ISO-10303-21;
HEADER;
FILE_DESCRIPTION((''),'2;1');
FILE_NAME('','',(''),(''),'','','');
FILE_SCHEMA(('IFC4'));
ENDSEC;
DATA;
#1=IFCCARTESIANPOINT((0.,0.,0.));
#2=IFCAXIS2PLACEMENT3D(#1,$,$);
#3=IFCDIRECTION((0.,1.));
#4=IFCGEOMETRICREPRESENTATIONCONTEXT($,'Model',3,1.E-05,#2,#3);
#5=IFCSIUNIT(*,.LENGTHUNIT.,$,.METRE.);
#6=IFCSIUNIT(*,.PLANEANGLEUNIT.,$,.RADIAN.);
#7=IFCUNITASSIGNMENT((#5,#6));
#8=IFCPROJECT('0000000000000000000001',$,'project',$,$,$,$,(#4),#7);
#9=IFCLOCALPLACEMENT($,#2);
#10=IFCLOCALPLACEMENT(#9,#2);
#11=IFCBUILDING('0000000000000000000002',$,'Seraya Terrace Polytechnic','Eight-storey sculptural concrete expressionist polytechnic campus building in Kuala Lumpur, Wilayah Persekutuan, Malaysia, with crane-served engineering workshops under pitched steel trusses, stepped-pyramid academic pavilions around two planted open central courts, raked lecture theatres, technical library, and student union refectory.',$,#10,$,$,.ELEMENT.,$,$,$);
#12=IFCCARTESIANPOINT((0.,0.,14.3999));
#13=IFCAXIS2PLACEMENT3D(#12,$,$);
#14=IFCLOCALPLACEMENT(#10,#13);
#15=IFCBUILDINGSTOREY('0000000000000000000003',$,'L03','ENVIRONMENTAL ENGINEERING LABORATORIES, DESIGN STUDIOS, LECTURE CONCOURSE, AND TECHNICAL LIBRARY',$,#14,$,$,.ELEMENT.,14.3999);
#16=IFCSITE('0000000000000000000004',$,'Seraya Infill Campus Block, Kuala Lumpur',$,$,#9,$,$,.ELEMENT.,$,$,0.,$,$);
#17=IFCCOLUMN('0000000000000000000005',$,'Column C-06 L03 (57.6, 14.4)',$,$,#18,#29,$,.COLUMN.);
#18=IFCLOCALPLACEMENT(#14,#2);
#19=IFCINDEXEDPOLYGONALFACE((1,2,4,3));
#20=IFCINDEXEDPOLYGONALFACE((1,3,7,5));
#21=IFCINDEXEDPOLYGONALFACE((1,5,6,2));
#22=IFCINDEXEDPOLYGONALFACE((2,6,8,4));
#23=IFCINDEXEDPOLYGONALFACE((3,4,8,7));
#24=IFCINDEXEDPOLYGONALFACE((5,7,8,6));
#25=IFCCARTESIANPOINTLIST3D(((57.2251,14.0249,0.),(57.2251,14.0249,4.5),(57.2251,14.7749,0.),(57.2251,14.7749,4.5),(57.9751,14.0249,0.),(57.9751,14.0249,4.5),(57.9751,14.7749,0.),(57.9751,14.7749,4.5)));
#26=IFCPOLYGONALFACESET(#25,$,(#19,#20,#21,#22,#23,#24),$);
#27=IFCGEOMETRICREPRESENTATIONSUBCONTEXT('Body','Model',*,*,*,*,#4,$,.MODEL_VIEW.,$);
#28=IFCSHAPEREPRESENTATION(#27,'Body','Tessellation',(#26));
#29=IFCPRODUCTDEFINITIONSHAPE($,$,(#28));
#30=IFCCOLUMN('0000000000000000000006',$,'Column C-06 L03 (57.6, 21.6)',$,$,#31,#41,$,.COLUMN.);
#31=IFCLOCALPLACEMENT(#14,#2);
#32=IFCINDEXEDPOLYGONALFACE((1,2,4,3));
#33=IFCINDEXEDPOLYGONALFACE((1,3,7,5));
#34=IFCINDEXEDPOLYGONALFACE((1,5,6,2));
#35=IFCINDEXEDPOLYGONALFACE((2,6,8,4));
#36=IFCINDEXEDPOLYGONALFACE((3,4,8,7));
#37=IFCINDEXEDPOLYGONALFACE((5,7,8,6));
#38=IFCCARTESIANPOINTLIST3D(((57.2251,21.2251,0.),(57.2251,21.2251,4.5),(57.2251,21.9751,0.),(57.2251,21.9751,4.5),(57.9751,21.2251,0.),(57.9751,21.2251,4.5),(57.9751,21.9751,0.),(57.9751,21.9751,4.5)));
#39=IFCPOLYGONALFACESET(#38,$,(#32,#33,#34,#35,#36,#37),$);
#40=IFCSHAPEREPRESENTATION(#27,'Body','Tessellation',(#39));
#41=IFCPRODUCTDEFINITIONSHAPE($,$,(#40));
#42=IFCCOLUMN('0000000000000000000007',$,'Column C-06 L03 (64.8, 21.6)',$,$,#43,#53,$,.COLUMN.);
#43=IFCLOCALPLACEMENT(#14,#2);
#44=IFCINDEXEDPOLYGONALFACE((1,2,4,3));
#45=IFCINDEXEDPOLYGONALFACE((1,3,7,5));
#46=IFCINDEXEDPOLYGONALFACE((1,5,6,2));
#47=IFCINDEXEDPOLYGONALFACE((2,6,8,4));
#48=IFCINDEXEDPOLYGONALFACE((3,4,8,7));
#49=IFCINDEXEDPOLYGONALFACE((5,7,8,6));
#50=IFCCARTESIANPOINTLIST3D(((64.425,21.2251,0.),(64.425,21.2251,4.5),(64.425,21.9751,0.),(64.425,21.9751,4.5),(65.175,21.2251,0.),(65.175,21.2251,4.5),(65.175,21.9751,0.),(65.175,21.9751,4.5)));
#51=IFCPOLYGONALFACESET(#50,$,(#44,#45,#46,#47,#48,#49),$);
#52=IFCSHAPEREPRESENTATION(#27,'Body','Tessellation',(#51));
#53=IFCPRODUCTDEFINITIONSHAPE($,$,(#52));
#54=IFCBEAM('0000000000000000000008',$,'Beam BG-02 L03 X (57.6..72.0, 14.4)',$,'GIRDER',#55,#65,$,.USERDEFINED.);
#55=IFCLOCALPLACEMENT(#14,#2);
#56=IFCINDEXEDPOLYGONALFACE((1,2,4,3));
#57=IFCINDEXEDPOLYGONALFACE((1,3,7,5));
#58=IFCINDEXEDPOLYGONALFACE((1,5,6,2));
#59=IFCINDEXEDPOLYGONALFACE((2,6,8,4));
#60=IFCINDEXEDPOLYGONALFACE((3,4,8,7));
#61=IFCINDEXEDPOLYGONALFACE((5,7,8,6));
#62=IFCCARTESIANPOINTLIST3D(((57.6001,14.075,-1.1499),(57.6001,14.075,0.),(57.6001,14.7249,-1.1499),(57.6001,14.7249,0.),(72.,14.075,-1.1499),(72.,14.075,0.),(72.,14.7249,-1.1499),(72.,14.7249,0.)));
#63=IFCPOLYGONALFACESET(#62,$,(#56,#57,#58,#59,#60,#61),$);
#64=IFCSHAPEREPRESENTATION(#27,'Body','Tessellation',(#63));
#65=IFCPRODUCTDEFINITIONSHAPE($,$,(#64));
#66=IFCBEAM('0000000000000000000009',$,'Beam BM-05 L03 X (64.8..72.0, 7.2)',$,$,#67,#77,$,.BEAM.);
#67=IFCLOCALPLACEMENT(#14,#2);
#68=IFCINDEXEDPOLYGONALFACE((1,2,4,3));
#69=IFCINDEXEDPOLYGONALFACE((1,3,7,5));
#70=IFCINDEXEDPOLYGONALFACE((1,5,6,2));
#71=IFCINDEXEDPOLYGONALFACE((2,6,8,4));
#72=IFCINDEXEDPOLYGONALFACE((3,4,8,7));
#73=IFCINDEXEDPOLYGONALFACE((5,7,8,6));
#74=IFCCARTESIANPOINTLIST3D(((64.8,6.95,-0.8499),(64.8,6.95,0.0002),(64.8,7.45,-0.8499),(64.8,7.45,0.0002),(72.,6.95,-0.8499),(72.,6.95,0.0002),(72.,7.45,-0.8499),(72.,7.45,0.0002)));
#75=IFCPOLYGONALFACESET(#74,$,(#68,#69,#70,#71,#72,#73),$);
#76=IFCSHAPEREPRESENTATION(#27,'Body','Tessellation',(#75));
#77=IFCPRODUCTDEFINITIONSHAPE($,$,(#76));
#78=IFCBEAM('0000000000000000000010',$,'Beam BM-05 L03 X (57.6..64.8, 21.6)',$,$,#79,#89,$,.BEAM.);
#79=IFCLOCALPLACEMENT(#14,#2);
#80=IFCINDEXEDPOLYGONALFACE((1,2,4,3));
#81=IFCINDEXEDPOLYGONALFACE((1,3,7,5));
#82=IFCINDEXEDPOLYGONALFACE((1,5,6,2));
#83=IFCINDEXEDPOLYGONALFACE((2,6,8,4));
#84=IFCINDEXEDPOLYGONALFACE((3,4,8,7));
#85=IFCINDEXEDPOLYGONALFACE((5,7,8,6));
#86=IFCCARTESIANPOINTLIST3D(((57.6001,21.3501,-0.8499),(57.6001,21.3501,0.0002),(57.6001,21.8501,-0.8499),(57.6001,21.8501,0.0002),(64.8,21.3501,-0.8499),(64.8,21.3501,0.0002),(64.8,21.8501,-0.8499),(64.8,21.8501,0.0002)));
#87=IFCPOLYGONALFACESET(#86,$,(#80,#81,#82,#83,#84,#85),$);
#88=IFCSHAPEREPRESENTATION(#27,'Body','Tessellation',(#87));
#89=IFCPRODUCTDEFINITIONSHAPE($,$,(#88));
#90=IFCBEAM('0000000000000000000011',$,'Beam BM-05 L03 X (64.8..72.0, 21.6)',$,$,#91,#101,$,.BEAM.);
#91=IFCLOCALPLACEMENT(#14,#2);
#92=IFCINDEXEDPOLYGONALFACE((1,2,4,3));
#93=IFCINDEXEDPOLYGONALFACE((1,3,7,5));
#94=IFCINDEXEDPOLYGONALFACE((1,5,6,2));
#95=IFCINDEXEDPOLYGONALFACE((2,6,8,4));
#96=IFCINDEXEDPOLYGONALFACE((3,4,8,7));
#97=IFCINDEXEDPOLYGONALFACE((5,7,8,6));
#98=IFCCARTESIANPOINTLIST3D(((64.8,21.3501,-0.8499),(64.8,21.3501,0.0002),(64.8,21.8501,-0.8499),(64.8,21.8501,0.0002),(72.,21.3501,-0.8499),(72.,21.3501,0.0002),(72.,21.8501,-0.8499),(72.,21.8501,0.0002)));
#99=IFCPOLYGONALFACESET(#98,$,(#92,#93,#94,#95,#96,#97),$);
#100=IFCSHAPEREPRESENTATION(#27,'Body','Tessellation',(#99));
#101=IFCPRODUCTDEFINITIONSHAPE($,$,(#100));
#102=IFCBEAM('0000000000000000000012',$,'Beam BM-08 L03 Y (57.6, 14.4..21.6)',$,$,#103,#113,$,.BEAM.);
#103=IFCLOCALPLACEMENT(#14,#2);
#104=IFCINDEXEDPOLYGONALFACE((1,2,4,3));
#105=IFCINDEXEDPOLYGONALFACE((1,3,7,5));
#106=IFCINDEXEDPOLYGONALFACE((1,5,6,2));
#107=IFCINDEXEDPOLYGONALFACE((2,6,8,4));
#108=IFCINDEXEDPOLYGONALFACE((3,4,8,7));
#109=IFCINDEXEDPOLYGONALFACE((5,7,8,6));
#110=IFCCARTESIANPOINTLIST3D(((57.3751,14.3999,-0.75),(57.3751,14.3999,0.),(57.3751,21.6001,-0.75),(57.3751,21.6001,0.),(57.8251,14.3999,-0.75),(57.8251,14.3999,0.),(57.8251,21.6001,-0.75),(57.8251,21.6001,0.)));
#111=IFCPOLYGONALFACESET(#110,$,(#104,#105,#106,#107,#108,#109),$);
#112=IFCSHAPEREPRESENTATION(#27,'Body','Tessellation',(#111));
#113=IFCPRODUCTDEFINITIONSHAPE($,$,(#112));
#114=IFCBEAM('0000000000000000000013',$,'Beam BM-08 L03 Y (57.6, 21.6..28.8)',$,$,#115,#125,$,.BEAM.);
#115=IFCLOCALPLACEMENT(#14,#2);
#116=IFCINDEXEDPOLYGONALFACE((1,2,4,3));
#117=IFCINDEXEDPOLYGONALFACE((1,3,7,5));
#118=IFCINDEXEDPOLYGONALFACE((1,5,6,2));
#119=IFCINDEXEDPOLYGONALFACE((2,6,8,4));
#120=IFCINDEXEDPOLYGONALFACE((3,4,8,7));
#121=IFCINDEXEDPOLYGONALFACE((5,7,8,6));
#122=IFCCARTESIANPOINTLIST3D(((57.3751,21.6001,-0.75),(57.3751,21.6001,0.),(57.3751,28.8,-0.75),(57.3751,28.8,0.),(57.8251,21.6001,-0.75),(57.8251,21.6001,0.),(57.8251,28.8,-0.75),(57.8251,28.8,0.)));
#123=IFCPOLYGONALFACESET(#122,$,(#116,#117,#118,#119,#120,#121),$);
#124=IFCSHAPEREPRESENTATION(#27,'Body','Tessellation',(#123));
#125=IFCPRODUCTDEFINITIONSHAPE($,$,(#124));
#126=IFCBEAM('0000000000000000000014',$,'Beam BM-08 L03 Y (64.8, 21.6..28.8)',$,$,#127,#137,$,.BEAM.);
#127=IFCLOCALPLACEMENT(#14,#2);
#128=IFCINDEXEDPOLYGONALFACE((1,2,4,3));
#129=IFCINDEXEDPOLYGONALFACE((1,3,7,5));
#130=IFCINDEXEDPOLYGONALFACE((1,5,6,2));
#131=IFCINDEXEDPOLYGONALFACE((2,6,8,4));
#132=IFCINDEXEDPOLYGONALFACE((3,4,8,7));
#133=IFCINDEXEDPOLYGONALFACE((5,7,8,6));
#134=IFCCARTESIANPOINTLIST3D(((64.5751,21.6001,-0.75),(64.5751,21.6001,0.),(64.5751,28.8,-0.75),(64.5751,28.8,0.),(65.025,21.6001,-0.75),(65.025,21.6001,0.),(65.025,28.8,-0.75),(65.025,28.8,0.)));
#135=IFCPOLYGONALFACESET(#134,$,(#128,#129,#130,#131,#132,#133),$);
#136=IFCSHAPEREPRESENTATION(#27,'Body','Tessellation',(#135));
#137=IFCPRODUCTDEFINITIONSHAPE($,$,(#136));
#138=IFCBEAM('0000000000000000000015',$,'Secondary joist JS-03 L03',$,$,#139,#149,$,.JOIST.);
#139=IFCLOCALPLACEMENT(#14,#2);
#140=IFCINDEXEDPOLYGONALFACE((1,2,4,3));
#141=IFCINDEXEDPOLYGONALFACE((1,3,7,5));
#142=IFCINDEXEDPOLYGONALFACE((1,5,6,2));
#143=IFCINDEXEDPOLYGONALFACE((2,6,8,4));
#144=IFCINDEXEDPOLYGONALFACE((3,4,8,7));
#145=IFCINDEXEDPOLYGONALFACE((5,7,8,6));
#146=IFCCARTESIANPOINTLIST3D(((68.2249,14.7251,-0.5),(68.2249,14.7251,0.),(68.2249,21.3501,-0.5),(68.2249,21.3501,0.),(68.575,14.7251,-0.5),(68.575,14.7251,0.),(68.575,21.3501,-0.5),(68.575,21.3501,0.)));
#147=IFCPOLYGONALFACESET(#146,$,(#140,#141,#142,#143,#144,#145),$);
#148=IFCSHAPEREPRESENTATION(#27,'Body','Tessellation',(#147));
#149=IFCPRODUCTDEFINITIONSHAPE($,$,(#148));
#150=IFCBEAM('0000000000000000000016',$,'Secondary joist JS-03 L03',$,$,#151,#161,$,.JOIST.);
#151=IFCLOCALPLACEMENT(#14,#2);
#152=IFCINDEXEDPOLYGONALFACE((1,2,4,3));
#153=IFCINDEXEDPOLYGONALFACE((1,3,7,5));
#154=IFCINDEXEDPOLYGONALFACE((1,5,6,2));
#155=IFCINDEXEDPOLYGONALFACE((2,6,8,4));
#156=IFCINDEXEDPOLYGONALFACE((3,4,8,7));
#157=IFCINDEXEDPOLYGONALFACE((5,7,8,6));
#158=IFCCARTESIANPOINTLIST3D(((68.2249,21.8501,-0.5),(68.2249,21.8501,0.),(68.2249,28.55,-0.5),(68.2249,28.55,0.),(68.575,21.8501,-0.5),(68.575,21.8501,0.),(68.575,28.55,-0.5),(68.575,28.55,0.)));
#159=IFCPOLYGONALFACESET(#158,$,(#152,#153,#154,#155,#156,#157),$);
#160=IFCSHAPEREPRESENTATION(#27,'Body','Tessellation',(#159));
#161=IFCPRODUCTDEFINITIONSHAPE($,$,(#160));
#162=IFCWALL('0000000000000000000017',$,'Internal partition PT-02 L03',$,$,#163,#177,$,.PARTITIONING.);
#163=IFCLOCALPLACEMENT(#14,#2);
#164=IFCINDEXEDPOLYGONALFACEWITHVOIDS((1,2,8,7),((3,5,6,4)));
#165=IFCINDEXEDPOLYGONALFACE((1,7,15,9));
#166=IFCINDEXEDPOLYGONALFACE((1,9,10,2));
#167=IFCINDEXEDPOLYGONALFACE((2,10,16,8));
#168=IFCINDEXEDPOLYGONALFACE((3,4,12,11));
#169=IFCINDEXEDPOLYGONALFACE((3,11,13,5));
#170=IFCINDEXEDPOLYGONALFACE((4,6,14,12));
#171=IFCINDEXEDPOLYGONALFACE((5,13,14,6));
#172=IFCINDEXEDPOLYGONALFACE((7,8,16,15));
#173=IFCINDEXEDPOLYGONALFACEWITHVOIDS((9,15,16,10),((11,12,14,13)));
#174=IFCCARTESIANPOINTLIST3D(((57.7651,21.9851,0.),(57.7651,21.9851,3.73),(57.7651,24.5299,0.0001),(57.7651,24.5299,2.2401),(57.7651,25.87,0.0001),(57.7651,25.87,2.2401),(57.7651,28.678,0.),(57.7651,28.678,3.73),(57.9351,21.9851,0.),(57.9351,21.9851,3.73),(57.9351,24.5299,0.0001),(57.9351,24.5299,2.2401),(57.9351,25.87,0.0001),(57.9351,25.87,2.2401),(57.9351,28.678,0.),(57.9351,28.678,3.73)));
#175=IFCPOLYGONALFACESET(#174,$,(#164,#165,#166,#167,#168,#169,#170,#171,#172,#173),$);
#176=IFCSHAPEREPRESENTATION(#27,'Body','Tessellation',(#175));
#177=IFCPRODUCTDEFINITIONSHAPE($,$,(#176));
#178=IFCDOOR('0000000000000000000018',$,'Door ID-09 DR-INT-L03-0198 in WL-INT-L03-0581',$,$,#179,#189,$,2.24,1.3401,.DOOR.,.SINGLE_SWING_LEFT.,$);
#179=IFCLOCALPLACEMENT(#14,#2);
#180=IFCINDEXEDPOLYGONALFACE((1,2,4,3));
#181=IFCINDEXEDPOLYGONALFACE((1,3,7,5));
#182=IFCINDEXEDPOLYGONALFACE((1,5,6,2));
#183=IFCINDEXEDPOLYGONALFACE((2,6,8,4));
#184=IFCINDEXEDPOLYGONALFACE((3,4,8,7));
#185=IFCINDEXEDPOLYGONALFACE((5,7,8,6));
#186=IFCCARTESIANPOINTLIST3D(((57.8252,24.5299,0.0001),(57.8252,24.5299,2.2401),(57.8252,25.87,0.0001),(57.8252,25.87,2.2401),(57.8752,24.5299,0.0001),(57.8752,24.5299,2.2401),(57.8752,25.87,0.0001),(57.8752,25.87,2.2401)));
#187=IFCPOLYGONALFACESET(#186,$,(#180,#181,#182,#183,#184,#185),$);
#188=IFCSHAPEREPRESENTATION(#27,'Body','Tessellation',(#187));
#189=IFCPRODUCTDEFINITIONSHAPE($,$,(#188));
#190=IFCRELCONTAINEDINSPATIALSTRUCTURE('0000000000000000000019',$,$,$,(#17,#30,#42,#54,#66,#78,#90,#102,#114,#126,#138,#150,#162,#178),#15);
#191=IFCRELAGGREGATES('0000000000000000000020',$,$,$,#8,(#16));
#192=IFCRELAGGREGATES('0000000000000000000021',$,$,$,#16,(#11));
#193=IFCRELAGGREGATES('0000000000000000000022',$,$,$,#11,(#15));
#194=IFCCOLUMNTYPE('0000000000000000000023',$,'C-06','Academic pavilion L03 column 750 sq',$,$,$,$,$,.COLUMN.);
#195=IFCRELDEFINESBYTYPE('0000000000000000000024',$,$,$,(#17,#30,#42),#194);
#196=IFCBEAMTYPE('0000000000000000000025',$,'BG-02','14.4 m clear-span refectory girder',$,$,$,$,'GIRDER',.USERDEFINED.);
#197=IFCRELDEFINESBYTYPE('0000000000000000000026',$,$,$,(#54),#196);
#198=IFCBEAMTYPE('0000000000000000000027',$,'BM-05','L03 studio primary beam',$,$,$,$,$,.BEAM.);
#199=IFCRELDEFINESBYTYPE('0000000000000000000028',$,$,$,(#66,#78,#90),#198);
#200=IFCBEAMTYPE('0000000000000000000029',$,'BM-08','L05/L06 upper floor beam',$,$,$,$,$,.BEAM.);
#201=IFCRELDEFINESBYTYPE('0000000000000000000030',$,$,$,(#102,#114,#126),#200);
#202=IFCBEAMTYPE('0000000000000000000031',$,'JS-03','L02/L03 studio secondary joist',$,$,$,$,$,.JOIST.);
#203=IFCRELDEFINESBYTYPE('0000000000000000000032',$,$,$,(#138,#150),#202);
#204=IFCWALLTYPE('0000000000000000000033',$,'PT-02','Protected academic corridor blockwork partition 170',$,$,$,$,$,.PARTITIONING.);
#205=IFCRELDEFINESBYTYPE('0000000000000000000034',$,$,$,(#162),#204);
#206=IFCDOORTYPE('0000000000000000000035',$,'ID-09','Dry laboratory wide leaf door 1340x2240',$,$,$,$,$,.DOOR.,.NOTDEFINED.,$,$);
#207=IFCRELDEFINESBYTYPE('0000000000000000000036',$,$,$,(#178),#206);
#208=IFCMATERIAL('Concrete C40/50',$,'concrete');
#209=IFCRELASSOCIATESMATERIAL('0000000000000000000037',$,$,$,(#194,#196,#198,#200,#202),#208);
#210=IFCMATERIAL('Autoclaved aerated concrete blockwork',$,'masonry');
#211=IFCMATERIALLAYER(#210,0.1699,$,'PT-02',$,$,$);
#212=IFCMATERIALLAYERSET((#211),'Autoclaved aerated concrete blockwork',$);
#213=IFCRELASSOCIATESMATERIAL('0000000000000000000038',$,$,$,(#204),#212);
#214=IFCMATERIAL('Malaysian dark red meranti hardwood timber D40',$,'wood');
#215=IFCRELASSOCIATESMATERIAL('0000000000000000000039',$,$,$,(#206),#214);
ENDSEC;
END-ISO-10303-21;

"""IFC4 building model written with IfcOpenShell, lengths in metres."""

from ifc_helpers import new_model, si_unit, direction, frame, frame_2d, origin, origin_2d, place, context, subcontext, project, spatial, rectangle, extrude, material, layer, layer_set, material_profile, profile_set, type_object, element, fill, save


model = new_model("IFC4")

# Units and contexts
model_context = context("Model", 3, precision=1e-05, world=origin(), true_north=direction((0.0, 1.0)))
body_context = subcontext(model_context, "Body", "Model", "MODEL_VIEW")
ifc_project = project(units=[si_unit("LENGTHUNIT", "METRE"), si_unit("PLANEANGLEUNIT", "RADIAN")], contexts=[model_context])

# Site, building, storey
site_placement = place(None, origin())
site = spatial("IfcSite", under=ifc_project, at=site_placement, Name="Seraya Infill Campus Block, Kuala Lumpur", CompositionType="ELEMENT", RefElevation=0.0)
building_placement = place(site_placement, origin())
building = spatial("IfcBuilding", under=site, at=building_placement, Name="Seraya Terrace Polytechnic", Description="Eight-storey sculptural concrete expressionist polytechnic campus building in Kuala Lumpur, Wilayah Persekutuan, Malaysia, with crane-served engineering workshops under pitched steel trusses, stepped-pyramid academic pavilions around two planted open central courts, raked lecture theatres, technical library, and student union refectory.", CompositionType="ELEMENT")
storey_placement = place(building_placement, frame((0.0, 0.0, 14.3999)))
storey = spatial("IfcBuildingStorey", under=building, at=storey_placement, Name="L03", Description="ENVIRONMENTAL ENGINEERING LABORATORIES, DESIGN STUDIOS, LECTURE CONCOURSE, AND TECHNICAL LIBRARY", CompositionType="ELEMENT", Elevation=14.3999)

# Columns
ifc_material_1 = material(Name="Concrete C40/50", Category="concrete")
ifc_material_profile_1 = material_profile(ifc_material_1, rectangle(XDim=0.75, YDim=0.75, at=origin_2d()), Name="RC 750x750")
ifc_profile_set_1 = profile_set([ifc_material_profile_1], Name="Concrete C40/50")
column_type = type_object("IfcColumnType", Name="C-06", Description="Academic pavilion L03 column 750 sq", PredefinedType="COLUMN", material=ifc_profile_set_1)
for number, where, z_axis, x_axis, name in (
    (1, (57.6001, 14.3999, 0.0), (0.0, 0.0, 1.0), (1.0, 0.0, 0.0), "Column C-06 L03 (57.6, 14.4)"),
    (2, (57.6001, 21.6001, 0.0), (0.0, 0.0, 1.0), (1.0, 0.0, 0.0), "Column C-06 L03 (57.6, 21.6)"),
    (3, (64.8, 21.6001, 0.0), (0.0, 0.0, 1.0), (1.0, 0.0, 0.0), "Column C-06 L03 (64.8, 21.6)"),
):
    element("IfcColumn", number, at=place(storey_placement, frame(where, z_axis=z_axis, x_axis=x_axis)), inside=storey, type_object=column_type, Name=name, PredefinedType="COLUMN", context=body_context, shape_type="SweptSolid", body=[
        extrude(rectangle(XDim=0.75, YDim=0.75, at=origin_2d()), origin(), (0.0, 0.0, 1.0), 4.5),
    ])

# Beams
ifc_material_profile_2 = material_profile(ifc_material_1, rectangle(XDim=0.6499, YDim=1.1499, at=origin_2d()), Name="RC 650x1150")
ifc_profile_set_2 = profile_set([ifc_material_profile_2], Name="Concrete C40/50")
beam_type_1 = type_object("IfcBeamType", Name="BG-02", Description="14.4 m clear-span refectory girder", ElementType="GIRDER", PredefinedType="USERDEFINED", material=ifc_profile_set_2)
beam_1_placement = place(storey_placement, frame((57.6001, 14.3999, -0.575), z_axis=(1.0, 0.0, 0.0), x_axis=(0.0, 1.0, 0.0)))
element("IfcBeam", 4, at=beam_1_placement, inside=storey, type_object=beam_type_1, Name="Beam BG-02 L03 X (57.6..72.0, 14.4)", ObjectType="GIRDER", PredefinedType="USERDEFINED", context=body_context, shape_type="SweptSolid", body=[
    extrude(rectangle(XDim=0.6499, YDim=1.1499, at=origin_2d()), origin(), (0.0, 0.0, 1.0), 14.3999),
])
ifc_material_profile_3 = material_profile(ifc_material_1, rectangle(XDim=0.5, YDim=0.8501, at=origin_2d()), Name="RC 500x850")
ifc_profile_set_3 = profile_set([ifc_material_profile_3], Name="Concrete C40/50")
beam_type_2 = type_object("IfcBeamType", Name="BM-05", Description="L03 studio primary beam", PredefinedType="BEAM", material=ifc_profile_set_3)
for number, where, z_axis, x_axis, name in (
    (5, (64.8, 7.2, -0.4248), (1.0, 0.0, 0.0), (0.0, 1.0, 0.0), "Beam BM-05 L03 X (64.8..72.0, 7.2)"),
    (6, (57.6001, 21.6001, -0.4248), (1.0, 0.0, 0.0), (0.0, 1.0, 0.0), "Beam BM-05 L03 X (57.6..64.8, 21.6)"),
    (7, (64.8, 21.6001, -0.4248), (1.0, 0.0, 0.0), (0.0, 1.0, 0.0), "Beam BM-05 L03 X (64.8..72.0, 21.6)"),
):
    element("IfcBeam", number, at=place(storey_placement, frame(where, z_axis=z_axis, x_axis=x_axis)), inside=storey, type_object=beam_type_2, Name=name, PredefinedType="BEAM", context=body_context, shape_type="SweptSolid", body=[
        extrude(rectangle(XDim=0.5, YDim=0.8501, at=origin_2d()), origin(), (0.0, 0.0, 1.0), 7.2),
    ])
ifc_material_profile_4 = material_profile(ifc_material_1, rectangle(XDim=0.45, YDim=0.75, at=origin_2d()), Name="RC 450x750")
ifc_profile_set_4 = profile_set([ifc_material_profile_4], Name="Concrete C40/50")
beam_type_3 = type_object("IfcBeamType", Name="BM-08", Description="L05/L06 upper floor beam", PredefinedType="BEAM", material=ifc_profile_set_4)
beam_2_placement = place(storey_placement, frame((57.6001, 14.3999, -0.375), z_axis=(0.0, 1.0, 0.0), x_axis=(-1.0, 0.0, 0.0)))
element("IfcBeam", 8, at=beam_2_placement, inside=storey, type_object=beam_type_3, Name="Beam BM-08 L03 Y (57.6, 14.4..21.6)", PredefinedType="BEAM", context=body_context, shape_type="SweptSolid", body=[
    extrude(rectangle(XDim=0.45, YDim=0.75, at=origin_2d()), origin(), (0.0, 0.0, 1.0), 7.2002),
])
for number, where, z_axis, x_axis, name in (
    (9, (57.6001, 21.6001, -0.375), (0.0, 1.0, 0.0), (-1.0, 0.0, 0.0), "Beam BM-08 L03 Y (57.6, 21.6..28.8)"),
    (10, (64.8, 21.6001, -0.375), (0.0, 1.0, 0.0), (-1.0, 0.0, 0.0), "Beam BM-08 L03 Y (64.8, 21.6..28.8)"),
):
    element("IfcBeam", number, at=place(storey_placement, frame(where, z_axis=z_axis, x_axis=x_axis)), inside=storey, type_object=beam_type_3, Name=name, PredefinedType="BEAM", context=body_context, shape_type="SweptSolid", body=[
        extrude(rectangle(XDim=0.45, YDim=0.75, at=origin_2d()), origin(), (0.0, 0.0, 1.0), 7.2),
    ])
ifc_material_profile_5 = material_profile(ifc_material_1, rectangle(XDim=0.3501, YDim=0.5, at=origin_2d()), Name="RC 350x500")
ifc_profile_set_5 = profile_set([ifc_material_profile_5], Name="Concrete C40/50")
beam_type_4 = type_object("IfcBeamType", Name="JS-03", Description="L02/L03 studio secondary joist", PredefinedType="JOIST", material=ifc_profile_set_5)
beam_3_placement = place(storey_placement, frame((68.3999, 14.7251, -0.25), z_axis=(0.0, 1.0, 0.0), x_axis=(-1.0, 0.0, 0.0)))
element("IfcBeam", 11, at=beam_3_placement, inside=storey, type_object=beam_type_4, Name="Secondary joist JS-03 L03", PredefinedType="JOIST", context=body_context, shape_type="SweptSolid", body=[
    extrude(rectangle(XDim=0.3501, YDim=0.5, at=origin_2d()), origin(), (0.0, 0.0, 1.0), 6.625),
])
beam_4_placement = place(storey_placement, frame((68.3999, 21.8501, -0.25), z_axis=(0.0, 1.0, 0.0), x_axis=(-1.0, 0.0, 0.0)))
element("IfcBeam", 12, at=beam_4_placement, inside=storey, type_object=beam_type_4, Name="Secondary joist JS-03 L03", PredefinedType="JOIST", context=body_context, shape_type="SweptSolid", body=[
    extrude(rectangle(XDim=0.3501, YDim=0.5, at=origin_2d()), origin(), (0.0, 0.0, 1.0), 6.7),
])

# Wall, opening, door
ifc_material_2 = material(Name="Autoclaved aerated concrete blockwork", Category="masonry")
ifc_layer = layer(ifc_material_2, 0.1699, Name="PT-02")
ifc_layer_set = layer_set([ifc_layer], Name="Autoclaved aerated concrete blockwork")
wall_type = type_object("IfcWallType", Name="PT-02", Description="Protected academic corridor blockwork partition 170", PredefinedType="PARTITIONING", material=ifc_layer_set)
wall_1_placement = place(storey_placement, frame((57.8501, 21.9851, 0.0), z_axis=(0.0, 0.0, 1.0), x_axis=(0.0, 1.0, 0.0)))
wall_1 = element("IfcWall", 13, at=wall_1_placement, inside=storey, type_object=wall_type, Name="Internal partition PT-02 L03", PredefinedType="PARTITIONING", context=body_context, shape_type="SweptSolid", body=[
    extrude(rectangle(XDim=6.6929, YDim=0.1699, at=frame_2d((3.3464, 0.0))), origin(), (0.0, 0.0, 1.0), 3.73),
])
opening_1_placement = place(wall_1_placement, frame((2.5449, 0.0, 0.0)))
opening_1 = element("IfcOpeningElement", 14, at=opening_1_placement, cuts=wall_1, PredefinedType="OPENING", context=body_context, shape_type="SweptSolid", body=[
    extrude(rectangle(XDim=1.3401, YDim=2.24, at=frame_2d((0.6699, 1.1201))), frame((0.0, 0.0969, 0.0), z_axis=(0.0, -1.0, 0.0), x_axis=(1.0, 0.0, 0.0)), (0.0, 0.0, 1.0), 0.1938),
])
ifc_material_3 = material(Name="Malaysian dark red meranti hardwood timber D40", Category="wood")
door_type_1 = type_object("IfcDoorType", Name="ID-09", Description="Dry laboratory wide leaf door 1340x2240", OperationType="NOTDEFINED", PredefinedType="DOOR", material=ifc_material_3)
door_1_placement = place(opening_1_placement, origin())
door_1 = element("IfcDoor", 15, at=door_1_placement, inside=storey, type_object=door_type_1, Name="Door ID-09 DR-INT-L03-0198 in WL-INT-L03-0581", OperationType="SINGLE_SWING_LEFT", OverallHeight=2.24, OverallWidth=1.3401, PredefinedType="DOOR", context=body_context, shape_type="SweptSolid", body=[
    extrude(rectangle(XDim=1.3401, YDim=2.24, at=frame_2d((0.6699, 1.1201))), frame((0.0, 0.0249, 0.0), z_axis=(0.0, -1.0, 0.0), x_axis=(1.0, 0.0, 0.0)), (0.0, 0.0, 1.0), 0.05),
])
fill(opening_1, door_1)

save(model, "model.ifc")
